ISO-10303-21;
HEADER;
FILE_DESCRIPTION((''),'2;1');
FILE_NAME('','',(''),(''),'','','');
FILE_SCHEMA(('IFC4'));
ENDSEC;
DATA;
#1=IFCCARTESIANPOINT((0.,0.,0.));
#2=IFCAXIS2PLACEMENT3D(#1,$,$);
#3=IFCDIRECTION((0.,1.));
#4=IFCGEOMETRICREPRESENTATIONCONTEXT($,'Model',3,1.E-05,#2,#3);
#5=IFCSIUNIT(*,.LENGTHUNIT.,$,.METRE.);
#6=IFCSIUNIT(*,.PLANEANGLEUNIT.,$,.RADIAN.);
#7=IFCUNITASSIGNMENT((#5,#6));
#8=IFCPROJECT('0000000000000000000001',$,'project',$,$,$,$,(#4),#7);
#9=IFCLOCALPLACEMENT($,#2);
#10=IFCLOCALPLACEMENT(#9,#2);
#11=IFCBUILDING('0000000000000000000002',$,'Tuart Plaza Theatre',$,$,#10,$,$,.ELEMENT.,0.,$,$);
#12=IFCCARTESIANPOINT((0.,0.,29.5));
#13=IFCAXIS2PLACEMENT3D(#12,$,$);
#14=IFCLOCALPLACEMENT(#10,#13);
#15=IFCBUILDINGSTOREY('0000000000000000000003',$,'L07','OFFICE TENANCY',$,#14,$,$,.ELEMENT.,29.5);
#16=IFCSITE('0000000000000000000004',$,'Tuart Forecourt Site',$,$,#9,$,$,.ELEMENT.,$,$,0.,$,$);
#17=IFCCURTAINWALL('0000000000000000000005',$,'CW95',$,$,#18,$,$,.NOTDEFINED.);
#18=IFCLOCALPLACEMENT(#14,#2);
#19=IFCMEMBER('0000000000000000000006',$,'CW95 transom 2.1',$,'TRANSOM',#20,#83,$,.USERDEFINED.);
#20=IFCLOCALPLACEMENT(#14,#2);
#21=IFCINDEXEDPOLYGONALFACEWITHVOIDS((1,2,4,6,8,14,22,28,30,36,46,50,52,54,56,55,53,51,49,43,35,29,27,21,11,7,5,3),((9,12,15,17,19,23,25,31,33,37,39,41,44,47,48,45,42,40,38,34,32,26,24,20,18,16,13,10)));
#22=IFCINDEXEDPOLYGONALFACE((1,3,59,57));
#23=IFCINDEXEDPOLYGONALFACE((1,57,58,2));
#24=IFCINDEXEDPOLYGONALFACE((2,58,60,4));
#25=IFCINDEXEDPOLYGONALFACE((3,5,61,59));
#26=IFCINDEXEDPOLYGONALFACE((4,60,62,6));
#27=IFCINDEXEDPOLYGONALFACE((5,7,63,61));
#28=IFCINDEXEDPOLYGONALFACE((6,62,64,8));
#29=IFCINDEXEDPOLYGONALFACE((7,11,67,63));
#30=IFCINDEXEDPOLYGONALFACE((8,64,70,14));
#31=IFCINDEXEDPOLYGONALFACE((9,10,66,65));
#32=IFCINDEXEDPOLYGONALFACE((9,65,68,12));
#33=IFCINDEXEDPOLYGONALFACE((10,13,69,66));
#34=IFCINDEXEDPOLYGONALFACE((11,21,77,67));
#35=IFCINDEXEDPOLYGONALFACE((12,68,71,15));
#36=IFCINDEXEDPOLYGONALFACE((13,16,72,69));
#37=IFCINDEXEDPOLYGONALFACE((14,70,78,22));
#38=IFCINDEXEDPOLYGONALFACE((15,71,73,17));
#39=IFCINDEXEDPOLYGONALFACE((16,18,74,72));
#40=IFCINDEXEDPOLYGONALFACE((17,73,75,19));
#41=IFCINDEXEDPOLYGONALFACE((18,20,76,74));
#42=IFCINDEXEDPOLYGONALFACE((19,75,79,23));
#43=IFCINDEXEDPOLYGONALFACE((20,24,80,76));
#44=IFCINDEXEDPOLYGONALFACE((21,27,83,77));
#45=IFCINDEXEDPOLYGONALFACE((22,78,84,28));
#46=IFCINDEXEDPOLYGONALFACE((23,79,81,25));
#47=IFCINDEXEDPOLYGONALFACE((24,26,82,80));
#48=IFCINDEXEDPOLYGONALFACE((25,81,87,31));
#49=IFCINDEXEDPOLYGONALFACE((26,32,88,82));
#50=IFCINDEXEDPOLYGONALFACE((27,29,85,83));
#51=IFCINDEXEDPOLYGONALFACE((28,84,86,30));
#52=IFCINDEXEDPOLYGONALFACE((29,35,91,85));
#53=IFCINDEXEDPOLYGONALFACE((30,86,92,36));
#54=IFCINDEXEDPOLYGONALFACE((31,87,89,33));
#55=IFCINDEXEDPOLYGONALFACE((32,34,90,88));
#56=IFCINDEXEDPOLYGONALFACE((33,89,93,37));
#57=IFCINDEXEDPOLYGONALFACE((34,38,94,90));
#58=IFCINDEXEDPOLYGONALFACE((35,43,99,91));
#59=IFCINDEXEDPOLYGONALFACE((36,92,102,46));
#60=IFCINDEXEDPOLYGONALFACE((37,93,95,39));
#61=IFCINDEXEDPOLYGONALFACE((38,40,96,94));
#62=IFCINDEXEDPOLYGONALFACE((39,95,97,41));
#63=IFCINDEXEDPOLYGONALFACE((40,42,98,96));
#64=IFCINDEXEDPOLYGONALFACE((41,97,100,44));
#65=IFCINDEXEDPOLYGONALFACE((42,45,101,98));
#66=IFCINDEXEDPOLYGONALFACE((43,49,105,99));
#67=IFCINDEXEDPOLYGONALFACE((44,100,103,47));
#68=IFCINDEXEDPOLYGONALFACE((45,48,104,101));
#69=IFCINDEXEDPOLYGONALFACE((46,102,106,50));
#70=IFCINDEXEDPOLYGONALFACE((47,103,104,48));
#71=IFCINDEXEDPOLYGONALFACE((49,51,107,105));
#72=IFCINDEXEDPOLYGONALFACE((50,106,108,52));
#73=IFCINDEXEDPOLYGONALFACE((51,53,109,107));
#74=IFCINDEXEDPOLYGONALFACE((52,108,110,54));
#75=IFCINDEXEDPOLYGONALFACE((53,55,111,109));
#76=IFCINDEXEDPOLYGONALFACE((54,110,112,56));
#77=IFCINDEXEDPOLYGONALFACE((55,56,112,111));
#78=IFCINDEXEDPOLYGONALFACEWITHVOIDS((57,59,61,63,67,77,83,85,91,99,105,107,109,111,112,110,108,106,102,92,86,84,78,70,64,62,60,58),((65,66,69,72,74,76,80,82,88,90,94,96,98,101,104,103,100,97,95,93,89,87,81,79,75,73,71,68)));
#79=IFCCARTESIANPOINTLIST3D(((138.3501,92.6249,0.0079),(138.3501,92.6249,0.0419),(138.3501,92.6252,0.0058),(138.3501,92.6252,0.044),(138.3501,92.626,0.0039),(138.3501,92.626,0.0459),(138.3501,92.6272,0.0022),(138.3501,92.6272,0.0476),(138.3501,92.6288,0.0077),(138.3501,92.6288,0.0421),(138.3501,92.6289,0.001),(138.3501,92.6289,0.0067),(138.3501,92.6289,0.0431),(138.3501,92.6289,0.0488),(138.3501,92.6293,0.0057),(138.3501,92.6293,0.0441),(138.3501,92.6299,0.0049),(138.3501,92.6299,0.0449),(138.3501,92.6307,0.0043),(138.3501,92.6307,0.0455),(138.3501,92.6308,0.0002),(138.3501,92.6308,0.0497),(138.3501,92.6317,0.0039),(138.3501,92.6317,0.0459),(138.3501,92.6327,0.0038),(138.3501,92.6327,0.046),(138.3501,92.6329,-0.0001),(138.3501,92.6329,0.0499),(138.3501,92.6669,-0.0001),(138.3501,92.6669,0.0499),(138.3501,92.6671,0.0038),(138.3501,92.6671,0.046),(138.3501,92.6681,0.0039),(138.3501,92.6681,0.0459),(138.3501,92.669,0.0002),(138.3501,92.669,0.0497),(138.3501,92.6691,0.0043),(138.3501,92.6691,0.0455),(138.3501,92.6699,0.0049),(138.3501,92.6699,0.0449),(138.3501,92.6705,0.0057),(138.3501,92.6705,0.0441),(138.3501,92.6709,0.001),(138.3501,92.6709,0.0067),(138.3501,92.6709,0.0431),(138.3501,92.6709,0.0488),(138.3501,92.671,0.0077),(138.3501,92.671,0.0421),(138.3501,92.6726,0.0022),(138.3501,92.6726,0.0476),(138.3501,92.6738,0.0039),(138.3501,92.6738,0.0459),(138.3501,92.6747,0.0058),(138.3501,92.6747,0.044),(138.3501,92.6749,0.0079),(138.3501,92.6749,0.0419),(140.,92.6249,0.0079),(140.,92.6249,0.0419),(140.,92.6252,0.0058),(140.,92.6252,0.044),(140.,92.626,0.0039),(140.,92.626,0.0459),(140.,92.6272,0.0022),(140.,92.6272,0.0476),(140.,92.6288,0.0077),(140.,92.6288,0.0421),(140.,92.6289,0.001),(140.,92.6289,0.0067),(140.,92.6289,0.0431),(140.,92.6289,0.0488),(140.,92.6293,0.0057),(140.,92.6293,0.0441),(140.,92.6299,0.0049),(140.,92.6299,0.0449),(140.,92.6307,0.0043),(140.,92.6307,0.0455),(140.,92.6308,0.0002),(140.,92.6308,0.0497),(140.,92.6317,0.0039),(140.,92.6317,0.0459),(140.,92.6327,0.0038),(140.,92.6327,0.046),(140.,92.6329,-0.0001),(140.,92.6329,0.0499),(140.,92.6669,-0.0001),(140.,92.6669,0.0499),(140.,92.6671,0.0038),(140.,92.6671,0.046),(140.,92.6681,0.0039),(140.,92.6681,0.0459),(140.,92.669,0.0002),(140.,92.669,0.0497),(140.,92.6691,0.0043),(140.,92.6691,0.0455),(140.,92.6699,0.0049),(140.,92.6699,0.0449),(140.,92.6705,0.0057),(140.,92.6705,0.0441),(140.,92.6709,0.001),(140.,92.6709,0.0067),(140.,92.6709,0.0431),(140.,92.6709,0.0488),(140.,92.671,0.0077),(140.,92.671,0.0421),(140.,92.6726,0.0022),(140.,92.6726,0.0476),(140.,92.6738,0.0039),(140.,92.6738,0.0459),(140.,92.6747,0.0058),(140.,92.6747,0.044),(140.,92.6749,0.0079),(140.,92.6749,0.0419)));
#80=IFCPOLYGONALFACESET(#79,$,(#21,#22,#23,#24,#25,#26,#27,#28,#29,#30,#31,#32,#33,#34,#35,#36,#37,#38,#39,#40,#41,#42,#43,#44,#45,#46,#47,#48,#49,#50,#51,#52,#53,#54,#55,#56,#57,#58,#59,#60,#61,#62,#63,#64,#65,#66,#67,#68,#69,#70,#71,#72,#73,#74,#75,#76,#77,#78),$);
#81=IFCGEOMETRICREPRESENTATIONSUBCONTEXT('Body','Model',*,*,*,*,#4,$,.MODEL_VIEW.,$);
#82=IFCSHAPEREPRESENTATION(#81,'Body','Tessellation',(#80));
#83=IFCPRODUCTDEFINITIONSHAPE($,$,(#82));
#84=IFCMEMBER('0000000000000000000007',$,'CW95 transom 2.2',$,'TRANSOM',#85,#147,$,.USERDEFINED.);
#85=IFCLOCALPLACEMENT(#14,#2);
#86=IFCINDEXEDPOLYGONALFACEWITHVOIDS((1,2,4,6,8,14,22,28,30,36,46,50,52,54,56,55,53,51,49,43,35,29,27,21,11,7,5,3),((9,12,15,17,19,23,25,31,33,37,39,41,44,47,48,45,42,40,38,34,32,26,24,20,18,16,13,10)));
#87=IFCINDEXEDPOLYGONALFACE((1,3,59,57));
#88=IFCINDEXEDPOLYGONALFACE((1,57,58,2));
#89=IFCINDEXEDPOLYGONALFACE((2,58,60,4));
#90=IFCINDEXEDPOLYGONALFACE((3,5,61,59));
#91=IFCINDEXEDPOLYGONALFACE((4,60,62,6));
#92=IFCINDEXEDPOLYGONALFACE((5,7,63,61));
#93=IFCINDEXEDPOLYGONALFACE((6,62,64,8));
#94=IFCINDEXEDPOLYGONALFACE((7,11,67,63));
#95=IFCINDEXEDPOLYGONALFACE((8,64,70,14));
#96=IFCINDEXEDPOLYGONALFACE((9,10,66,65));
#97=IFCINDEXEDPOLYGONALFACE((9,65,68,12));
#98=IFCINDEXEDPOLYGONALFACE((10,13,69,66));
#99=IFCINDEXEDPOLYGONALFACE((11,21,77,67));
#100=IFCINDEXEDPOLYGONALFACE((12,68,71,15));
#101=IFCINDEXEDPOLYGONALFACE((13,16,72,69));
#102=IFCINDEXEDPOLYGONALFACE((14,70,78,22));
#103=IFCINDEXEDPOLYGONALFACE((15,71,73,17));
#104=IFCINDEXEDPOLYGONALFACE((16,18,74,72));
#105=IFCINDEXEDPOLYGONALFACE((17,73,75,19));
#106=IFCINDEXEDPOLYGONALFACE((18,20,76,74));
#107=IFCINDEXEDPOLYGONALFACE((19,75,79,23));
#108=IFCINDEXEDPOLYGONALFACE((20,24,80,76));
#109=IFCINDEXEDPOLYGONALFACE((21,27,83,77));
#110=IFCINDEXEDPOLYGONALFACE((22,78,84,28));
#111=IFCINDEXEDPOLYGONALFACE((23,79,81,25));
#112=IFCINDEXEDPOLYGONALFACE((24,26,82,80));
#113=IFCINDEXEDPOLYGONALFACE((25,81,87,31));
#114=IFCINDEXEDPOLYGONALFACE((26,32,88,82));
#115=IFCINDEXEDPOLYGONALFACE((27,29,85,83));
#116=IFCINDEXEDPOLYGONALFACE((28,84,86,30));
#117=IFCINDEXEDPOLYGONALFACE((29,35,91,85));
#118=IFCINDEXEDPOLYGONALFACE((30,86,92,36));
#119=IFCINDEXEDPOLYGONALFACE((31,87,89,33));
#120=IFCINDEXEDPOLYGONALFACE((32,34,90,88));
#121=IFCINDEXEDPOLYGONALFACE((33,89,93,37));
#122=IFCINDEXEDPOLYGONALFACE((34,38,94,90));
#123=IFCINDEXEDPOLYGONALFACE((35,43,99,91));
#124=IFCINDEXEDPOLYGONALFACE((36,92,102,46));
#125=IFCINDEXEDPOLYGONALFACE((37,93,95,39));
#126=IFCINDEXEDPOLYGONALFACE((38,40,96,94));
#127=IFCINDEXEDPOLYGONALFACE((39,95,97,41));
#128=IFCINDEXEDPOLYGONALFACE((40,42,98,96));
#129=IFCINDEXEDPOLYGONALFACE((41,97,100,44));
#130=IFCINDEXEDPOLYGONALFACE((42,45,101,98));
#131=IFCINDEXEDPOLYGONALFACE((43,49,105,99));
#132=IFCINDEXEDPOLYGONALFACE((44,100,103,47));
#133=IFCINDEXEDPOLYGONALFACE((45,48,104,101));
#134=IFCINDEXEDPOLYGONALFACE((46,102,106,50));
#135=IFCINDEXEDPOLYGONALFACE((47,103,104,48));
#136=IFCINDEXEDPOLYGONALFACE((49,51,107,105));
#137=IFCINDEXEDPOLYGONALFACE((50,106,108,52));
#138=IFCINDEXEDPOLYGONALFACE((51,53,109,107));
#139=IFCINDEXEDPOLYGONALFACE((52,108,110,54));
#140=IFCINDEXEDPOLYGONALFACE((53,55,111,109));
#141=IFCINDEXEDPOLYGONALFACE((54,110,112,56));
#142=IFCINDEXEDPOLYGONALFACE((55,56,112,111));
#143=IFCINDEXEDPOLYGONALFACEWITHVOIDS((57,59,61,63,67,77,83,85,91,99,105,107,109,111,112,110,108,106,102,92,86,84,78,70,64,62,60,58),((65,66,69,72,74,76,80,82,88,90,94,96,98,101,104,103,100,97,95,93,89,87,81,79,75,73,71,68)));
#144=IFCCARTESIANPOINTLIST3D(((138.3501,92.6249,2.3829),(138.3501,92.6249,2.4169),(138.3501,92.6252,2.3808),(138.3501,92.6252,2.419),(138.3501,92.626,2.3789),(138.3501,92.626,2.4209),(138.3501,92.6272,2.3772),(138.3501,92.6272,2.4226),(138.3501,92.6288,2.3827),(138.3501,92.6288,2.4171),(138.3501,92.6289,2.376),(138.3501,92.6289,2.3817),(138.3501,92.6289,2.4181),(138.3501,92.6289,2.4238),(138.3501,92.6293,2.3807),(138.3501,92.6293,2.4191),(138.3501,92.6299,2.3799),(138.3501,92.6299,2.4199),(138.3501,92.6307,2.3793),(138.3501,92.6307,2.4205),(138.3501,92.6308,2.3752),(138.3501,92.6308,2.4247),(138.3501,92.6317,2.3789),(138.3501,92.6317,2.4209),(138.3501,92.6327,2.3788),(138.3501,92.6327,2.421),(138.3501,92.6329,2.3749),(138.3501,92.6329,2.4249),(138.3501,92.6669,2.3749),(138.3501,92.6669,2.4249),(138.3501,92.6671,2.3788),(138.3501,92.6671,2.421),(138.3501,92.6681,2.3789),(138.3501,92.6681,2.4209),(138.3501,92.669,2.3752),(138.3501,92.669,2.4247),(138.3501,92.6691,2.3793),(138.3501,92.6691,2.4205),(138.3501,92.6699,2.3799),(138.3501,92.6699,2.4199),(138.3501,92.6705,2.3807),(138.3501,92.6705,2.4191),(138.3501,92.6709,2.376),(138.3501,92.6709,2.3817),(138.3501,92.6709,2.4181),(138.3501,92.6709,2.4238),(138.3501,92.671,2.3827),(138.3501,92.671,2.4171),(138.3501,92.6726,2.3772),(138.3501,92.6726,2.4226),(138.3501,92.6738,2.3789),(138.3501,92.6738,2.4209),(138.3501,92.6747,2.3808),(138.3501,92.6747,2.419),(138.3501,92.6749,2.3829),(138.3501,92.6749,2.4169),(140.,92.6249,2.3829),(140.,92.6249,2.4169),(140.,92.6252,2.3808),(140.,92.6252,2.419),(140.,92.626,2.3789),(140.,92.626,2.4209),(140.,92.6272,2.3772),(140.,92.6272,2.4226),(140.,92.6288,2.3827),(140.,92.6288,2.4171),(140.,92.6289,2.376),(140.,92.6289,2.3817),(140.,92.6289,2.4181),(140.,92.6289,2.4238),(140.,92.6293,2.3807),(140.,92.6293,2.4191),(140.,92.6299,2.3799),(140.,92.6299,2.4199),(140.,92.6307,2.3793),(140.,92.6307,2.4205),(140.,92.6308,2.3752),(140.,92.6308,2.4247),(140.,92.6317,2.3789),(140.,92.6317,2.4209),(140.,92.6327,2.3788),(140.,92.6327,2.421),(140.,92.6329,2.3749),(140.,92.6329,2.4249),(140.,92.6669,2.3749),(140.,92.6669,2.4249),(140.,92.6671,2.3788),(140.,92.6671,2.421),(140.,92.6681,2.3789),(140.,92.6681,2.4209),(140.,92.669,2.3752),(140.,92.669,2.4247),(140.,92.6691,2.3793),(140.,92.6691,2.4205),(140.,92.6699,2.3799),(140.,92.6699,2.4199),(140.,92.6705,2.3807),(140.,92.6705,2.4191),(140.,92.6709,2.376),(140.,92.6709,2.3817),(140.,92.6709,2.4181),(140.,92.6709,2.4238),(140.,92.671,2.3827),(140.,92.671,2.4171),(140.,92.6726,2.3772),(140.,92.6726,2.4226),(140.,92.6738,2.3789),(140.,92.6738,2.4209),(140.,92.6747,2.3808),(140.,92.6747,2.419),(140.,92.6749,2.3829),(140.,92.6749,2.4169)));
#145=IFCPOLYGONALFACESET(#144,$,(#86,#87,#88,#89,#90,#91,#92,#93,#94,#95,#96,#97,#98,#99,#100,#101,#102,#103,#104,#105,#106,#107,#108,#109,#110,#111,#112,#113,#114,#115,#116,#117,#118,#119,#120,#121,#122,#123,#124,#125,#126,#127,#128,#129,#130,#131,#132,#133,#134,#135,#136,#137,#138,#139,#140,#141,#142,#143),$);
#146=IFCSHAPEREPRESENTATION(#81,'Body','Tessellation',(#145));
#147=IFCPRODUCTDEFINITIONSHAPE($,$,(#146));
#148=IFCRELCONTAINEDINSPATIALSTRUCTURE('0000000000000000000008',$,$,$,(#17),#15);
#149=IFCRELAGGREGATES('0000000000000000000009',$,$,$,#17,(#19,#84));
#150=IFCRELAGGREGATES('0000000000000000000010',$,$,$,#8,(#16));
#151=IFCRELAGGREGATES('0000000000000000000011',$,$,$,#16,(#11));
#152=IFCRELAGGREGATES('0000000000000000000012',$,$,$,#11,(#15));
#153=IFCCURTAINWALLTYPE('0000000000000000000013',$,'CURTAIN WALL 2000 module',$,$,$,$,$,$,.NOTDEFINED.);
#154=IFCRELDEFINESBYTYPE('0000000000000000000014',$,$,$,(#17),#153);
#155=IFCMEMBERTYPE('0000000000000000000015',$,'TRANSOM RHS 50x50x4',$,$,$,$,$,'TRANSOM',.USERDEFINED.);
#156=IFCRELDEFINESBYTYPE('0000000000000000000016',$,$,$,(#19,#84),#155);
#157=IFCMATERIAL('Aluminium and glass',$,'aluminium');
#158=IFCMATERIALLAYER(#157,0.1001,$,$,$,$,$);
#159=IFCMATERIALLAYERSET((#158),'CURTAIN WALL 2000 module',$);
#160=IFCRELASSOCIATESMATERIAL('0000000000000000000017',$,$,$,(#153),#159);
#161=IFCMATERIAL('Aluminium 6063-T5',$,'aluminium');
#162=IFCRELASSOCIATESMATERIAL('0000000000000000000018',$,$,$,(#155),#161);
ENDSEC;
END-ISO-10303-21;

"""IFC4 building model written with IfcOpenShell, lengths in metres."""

from ifc_helpers import new_model, si_unit, direction, frame, origin, origin_2d, place, context, subcontext, project, spatial, hollow_rectangle, extrude, material, layer, layer_set, material_profile, profile_set, type_object, element, aggregate, save


model = new_model("IFC4")

# Units and contexts
model_context = context("Model", 3, precision=1e-05, world=origin(), true_north=direction((0.0, 1.0)))
body_context = subcontext(model_context, "Body", "Model", "MODEL_VIEW")
ifc_project = project(units=[si_unit("LENGTHUNIT", "METRE"), si_unit("PLANEANGLEUNIT", "RADIAN")], contexts=[model_context])

# Site, building, storey
site_placement = place(None, origin())
site = spatial("IfcSite", under=ifc_project, at=site_placement, Name="Tuart Forecourt Site", CompositionType="ELEMENT", RefElevation=0.0)
building_placement = place(site_placement, origin())
building = spatial("IfcBuilding", under=site, at=building_placement, Name="Tuart Plaza Theatre", CompositionType="ELEMENT", ElevationOfRefHeight=0.0)
storey_placement = place(building_placement, frame((0.0, 0.0, 29.5)))
storey = spatial("IfcBuildingStorey", under=building, at=storey_placement, Name="L07", Description="OFFICE TENANCY", CompositionType="ELEMENT", Elevation=29.5)

# Curtain wall
ifc_material_1 = material(Name="Aluminium and glass", Category="aluminium")
ifc_layer_1 = layer(ifc_material_1, 0.1001)
ifc_layer_set_1 = layer_set([ifc_layer_1], Name="CURTAIN WALL 2000 module")
curtain_wall_type = type_object("IfcCurtainWallType", Name="CURTAIN WALL 2000 module", PredefinedType="NOTDEFINED", material=ifc_layer_set_1)
curtain_wall_1_placement = place(storey_placement, origin())
curtain_wall_1 = element("IfcCurtainWall", 1, at=curtain_wall_1_placement, inside=storey, type_object=curtain_wall_type, Name="CW95", PredefinedType="NOTDEFINED")

# Members
ifc_material_2 = material(Name="Aluminium 6063-T5", Category="aluminium")
ifc_material_profile_1 = material_profile(ifc_material_2, hollow_rectangle(XDim=0.05, YDim=0.05, WallThickness=0.0039, InnerFilletRadius=0.0039, OuterFilletRadius=0.0081, at=origin_2d()), Name="RHS 50x50x4")
ifc_profile_set_1 = profile_set([ifc_material_profile_1], Name="Aluminium 6063-T5")
member_type_1 = type_object("IfcMemberType", Name="TRANSOM RHS 50x50x4", ElementType="TRANSOM", PredefinedType="USERDEFINED", material=ifc_profile_set_1)
member_1_placement = place(storey_placement, frame((140.0, 92.6499, 0.0249), z_axis=(-1.0, 0.0, 0.0), x_axis=(0.0, -1.0, 0.0)))
member_1 = element("IfcMember", 2, at=member_1_placement, type_object=member_type_1, Name="CW95 transom 2.1", ObjectType="TRANSOM", PredefinedType="USERDEFINED", context=body_context, shape_type="SweptSolid", body=[
    extrude(hollow_rectangle(XDim=0.05, YDim=0.05, WallThickness=0.0039, InnerFilletRadius=0.0039, OuterFilletRadius=0.0081, at=origin_2d()), origin(), (0.0, 0.0, 1.0), 1.6499),
])
member_2_placement = place(storey_placement, frame((140.0, 92.6499, 2.3999), z_axis=(-1.0, 0.0, 0.0), x_axis=(0.0, -1.0, 0.0)))
member_2 = element("IfcMember", 3, at=member_2_placement, type_object=member_type_1, Name="CW95 transom 2.2", ObjectType="TRANSOM", PredefinedType="USERDEFINED", context=body_context, shape_type="SweptSolid", body=[
    extrude(hollow_rectangle(XDim=0.05, YDim=0.05, WallThickness=0.0039, InnerFilletRadius=0.0039, OuterFilletRadius=0.0081, at=origin_2d()), origin(), (0.0, 0.0, 1.0), 1.6499),
])

aggregate(curtain_wall_1, [member_1, member_2])

save(model, "model.ifc")
